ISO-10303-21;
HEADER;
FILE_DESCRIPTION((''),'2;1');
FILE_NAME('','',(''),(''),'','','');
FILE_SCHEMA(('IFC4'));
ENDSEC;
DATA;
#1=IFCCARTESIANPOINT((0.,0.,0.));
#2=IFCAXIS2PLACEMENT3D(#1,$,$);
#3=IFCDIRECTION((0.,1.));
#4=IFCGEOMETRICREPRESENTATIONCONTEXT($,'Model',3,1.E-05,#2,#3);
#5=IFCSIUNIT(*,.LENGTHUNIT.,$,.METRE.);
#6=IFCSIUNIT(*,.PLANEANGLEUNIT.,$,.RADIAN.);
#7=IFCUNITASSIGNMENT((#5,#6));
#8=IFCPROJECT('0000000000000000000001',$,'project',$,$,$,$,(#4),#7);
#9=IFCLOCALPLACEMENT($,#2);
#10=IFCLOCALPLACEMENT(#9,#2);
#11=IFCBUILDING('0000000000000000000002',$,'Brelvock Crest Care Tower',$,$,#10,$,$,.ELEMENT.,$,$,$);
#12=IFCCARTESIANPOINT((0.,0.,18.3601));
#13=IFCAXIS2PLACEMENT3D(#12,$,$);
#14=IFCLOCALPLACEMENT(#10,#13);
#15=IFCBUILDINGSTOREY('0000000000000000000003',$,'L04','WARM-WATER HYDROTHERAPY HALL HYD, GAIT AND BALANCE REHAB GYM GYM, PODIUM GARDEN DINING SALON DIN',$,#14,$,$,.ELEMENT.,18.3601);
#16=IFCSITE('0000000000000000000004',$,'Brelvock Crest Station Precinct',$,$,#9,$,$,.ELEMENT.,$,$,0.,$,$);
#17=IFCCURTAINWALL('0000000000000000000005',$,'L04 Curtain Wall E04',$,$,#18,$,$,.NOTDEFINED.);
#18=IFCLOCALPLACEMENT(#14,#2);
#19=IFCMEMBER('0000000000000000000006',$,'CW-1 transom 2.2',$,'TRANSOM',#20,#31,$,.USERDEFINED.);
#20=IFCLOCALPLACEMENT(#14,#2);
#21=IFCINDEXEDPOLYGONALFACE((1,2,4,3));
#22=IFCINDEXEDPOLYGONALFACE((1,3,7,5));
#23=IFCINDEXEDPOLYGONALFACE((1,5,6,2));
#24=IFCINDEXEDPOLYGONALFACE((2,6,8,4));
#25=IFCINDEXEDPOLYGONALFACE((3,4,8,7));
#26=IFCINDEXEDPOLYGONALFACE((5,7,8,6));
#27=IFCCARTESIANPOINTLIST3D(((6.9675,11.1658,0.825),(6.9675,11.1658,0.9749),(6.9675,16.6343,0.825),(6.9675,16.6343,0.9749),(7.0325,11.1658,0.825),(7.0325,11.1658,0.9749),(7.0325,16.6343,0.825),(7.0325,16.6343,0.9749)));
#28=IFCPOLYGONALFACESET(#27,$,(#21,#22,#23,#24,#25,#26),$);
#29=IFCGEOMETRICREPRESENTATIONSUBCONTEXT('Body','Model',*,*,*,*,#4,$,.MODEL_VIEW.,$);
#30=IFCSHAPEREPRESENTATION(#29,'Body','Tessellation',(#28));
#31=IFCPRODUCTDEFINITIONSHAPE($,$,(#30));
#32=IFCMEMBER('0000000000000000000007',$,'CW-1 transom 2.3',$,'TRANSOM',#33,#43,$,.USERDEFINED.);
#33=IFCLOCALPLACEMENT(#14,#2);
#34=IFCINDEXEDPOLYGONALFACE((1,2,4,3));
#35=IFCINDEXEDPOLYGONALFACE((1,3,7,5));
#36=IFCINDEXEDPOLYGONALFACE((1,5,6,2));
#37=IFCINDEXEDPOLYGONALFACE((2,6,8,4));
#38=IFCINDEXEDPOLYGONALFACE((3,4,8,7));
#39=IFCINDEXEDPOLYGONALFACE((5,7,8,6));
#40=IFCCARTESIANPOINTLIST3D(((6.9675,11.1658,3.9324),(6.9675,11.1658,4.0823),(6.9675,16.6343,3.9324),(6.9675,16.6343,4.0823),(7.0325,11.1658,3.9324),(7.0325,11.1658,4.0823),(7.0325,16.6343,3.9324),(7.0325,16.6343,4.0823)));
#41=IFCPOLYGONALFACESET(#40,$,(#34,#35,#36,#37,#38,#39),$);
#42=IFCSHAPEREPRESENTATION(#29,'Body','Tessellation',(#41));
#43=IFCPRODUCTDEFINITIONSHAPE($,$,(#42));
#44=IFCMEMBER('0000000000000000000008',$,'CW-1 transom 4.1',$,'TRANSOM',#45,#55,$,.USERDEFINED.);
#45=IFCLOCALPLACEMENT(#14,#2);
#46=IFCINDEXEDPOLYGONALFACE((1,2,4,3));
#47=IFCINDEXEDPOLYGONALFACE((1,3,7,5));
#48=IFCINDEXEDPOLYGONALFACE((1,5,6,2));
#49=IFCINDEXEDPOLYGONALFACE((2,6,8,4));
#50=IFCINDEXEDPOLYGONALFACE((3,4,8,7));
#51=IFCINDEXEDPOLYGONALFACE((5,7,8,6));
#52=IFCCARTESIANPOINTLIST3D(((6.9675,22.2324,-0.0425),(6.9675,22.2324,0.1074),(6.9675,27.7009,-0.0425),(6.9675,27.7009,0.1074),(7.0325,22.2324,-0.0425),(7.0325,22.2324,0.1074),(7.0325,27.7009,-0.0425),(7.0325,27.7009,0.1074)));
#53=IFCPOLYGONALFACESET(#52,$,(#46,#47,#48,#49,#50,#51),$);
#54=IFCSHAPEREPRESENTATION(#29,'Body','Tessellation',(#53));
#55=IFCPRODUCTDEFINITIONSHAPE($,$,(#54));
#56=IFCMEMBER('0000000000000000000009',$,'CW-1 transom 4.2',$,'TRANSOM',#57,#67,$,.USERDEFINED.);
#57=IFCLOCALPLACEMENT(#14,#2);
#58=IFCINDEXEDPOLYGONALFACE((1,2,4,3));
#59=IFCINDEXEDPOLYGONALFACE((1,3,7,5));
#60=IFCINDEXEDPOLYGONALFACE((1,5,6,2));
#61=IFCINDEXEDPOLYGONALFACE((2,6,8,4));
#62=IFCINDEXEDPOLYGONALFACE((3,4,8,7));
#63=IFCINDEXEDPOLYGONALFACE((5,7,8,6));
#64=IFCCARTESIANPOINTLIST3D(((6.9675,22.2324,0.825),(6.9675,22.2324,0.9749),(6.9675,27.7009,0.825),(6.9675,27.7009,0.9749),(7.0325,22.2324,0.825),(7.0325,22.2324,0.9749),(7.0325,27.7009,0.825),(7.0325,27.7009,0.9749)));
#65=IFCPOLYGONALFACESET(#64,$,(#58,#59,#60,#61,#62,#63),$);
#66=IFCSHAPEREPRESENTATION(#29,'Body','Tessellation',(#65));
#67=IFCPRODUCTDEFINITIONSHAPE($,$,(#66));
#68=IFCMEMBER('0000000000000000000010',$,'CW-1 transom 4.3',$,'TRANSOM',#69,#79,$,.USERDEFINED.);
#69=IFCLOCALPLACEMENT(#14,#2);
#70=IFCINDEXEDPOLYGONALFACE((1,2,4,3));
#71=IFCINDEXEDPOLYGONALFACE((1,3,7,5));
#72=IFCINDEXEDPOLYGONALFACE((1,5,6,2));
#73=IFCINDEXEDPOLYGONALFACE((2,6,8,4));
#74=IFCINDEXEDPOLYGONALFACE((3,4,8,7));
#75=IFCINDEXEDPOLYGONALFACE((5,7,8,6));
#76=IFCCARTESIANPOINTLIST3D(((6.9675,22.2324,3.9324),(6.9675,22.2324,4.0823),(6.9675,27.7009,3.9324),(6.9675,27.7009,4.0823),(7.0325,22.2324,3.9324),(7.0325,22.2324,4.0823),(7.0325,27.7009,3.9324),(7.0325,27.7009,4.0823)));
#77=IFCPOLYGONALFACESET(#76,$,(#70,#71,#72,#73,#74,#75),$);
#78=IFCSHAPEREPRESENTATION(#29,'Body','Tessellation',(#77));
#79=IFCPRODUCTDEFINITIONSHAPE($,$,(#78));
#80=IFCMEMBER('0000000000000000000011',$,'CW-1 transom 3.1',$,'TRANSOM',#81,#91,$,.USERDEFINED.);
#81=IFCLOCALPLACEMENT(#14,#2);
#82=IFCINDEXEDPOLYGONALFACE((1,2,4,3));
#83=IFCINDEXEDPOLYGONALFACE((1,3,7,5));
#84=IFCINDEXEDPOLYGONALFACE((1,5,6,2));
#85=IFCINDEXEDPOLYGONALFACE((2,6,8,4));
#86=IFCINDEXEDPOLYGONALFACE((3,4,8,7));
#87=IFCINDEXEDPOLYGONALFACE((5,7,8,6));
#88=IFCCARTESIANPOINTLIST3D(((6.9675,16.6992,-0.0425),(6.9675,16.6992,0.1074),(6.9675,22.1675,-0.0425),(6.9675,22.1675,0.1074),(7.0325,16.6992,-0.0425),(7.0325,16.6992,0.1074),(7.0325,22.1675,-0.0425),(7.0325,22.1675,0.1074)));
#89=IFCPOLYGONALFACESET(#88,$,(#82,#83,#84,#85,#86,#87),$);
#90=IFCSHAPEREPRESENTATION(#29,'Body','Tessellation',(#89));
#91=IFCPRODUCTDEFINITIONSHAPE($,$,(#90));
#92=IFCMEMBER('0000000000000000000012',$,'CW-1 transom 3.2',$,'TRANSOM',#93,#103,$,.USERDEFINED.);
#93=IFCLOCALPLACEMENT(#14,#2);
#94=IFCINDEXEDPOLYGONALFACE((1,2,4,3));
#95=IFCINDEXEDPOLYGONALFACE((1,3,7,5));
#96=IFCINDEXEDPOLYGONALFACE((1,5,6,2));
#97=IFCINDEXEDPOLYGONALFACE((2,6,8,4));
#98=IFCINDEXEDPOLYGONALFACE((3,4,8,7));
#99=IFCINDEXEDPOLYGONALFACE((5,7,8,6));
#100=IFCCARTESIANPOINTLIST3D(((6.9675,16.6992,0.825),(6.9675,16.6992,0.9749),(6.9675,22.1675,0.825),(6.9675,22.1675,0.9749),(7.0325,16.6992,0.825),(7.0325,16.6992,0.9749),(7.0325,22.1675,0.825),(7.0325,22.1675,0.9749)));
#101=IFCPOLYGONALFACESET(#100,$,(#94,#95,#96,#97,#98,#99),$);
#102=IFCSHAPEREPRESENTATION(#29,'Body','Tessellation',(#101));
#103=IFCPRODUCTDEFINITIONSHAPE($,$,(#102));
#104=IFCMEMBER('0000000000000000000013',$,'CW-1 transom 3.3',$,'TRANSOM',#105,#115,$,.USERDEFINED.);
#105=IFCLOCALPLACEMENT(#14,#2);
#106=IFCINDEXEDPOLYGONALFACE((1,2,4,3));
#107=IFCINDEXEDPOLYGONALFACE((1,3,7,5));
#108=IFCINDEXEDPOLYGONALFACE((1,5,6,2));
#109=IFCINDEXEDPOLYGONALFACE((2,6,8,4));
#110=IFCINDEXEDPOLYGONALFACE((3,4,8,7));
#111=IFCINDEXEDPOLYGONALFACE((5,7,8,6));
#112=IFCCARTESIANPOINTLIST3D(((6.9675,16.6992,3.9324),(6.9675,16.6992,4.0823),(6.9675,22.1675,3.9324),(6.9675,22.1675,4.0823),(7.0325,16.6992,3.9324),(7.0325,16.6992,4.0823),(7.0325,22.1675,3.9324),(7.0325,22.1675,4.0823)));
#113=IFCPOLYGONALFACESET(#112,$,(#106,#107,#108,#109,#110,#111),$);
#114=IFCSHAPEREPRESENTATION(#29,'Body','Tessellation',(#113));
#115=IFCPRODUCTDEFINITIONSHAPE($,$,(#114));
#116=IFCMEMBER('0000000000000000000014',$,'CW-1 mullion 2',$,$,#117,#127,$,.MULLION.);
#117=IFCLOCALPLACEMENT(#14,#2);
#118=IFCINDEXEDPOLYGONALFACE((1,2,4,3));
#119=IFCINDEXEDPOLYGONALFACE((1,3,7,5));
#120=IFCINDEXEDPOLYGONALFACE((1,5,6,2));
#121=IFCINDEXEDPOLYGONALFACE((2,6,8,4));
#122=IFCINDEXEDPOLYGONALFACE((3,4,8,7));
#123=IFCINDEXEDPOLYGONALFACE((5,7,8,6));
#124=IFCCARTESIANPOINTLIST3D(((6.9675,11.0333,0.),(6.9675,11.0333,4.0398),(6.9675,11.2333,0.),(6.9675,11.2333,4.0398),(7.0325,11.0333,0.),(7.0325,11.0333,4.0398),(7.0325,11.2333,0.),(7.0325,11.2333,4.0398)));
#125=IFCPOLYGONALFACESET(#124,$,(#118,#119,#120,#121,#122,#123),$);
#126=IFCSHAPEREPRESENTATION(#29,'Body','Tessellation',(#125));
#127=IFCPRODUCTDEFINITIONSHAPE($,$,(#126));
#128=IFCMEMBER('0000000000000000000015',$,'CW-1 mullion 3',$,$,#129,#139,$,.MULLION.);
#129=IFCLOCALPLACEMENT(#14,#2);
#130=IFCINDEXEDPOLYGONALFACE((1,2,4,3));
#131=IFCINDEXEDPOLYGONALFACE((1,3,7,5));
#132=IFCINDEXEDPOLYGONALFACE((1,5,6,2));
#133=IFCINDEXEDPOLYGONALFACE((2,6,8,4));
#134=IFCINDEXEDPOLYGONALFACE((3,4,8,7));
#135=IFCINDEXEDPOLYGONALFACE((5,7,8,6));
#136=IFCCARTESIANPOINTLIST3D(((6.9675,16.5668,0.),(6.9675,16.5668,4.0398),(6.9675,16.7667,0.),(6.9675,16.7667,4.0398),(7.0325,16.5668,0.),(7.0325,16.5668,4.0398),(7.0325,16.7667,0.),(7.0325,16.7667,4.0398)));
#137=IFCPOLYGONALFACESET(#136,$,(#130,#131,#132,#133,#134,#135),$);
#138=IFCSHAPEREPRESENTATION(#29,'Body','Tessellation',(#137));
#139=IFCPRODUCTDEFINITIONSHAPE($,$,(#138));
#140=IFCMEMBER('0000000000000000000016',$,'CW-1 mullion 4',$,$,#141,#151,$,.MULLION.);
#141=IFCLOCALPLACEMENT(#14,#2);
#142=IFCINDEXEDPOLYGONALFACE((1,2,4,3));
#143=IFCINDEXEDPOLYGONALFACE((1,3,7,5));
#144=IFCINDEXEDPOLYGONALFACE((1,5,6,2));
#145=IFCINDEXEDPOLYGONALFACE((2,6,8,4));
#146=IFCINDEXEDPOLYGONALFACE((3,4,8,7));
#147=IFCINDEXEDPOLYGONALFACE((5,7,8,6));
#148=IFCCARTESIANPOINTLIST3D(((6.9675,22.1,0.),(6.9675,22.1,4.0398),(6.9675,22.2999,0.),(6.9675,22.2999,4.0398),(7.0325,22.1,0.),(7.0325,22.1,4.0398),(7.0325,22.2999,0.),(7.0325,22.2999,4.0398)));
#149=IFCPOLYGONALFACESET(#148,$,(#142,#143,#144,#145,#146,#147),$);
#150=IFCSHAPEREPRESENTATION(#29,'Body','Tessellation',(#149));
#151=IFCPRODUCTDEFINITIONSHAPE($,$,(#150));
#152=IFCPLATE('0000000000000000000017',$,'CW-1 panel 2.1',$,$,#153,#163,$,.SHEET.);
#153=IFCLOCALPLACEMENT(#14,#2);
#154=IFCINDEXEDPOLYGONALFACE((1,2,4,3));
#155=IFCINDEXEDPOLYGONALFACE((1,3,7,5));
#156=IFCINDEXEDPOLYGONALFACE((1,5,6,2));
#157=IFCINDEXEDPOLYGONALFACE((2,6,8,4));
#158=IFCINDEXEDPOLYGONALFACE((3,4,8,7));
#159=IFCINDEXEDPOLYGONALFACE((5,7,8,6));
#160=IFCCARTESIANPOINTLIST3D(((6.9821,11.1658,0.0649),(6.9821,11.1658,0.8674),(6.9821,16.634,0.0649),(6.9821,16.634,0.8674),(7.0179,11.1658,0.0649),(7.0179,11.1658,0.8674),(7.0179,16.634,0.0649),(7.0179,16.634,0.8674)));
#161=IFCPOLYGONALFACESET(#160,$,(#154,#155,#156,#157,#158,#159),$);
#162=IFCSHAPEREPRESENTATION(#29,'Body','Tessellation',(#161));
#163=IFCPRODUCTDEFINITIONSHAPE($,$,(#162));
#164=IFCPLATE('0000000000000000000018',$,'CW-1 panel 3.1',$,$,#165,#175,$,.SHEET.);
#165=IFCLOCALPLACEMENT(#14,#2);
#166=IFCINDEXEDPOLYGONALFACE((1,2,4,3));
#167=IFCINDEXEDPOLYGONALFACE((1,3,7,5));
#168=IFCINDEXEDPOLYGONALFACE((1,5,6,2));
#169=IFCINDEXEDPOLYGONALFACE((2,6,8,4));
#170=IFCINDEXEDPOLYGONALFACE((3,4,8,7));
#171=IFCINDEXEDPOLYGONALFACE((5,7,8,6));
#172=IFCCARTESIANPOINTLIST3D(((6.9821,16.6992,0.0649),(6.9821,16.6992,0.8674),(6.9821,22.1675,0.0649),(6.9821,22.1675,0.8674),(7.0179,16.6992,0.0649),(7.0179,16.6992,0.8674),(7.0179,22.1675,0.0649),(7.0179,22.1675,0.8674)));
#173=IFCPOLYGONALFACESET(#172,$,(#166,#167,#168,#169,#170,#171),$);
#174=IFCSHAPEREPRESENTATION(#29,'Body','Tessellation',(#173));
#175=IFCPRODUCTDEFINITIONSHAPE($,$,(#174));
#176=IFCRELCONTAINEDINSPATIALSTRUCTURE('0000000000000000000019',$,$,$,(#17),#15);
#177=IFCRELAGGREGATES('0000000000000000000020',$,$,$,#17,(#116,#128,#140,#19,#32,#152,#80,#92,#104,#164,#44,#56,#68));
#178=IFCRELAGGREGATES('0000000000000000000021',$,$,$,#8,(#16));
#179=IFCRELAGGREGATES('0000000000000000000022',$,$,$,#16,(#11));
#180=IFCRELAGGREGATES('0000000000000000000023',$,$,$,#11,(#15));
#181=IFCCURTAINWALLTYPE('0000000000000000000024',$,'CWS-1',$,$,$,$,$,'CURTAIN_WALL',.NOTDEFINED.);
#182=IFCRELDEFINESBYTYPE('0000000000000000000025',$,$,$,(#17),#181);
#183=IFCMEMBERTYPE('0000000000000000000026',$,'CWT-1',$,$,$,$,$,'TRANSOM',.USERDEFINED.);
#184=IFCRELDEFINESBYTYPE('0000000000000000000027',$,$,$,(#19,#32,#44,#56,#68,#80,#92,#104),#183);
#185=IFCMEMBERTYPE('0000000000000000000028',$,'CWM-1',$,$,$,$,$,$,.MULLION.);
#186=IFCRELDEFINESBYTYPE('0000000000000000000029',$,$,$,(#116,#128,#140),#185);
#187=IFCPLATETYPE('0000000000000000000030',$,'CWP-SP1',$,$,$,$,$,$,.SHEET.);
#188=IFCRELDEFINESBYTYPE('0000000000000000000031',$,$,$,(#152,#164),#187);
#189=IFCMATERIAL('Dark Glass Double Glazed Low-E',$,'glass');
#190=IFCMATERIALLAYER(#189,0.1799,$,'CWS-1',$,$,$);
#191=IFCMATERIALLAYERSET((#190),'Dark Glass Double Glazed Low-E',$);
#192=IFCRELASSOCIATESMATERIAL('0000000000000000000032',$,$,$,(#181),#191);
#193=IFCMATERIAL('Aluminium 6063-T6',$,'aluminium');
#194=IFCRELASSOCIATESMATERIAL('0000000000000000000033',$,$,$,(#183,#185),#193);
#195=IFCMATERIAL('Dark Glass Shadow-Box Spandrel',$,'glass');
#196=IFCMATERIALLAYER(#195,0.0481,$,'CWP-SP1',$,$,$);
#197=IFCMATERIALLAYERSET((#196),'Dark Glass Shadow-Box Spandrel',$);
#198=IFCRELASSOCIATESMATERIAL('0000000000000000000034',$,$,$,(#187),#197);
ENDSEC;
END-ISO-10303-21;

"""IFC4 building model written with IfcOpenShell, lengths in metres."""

from ifc_helpers import new_model, si_unit, direction, frame, origin, origin_2d, place, context, subcontext, project, spatial, rectangle, extrude, source, transform, mapped, material, layer, layer_set, material_profile, profile_set, type_object, element, aggregate, save


model = new_model("IFC4")

# Units and contexts
model_context = context("Model", 3, precision=1e-05, world=origin(), true_north=direction((0.0, 1.0)))
body_context = subcontext(model_context, "Body", "Model", "MODEL_VIEW")
ifc_project = project(units=[si_unit("LENGTHUNIT", "METRE"), si_unit("PLANEANGLEUNIT", "RADIAN")], contexts=[model_context])

# Site, building, storey
site_placement = place(None, origin())
site = spatial("IfcSite", under=ifc_project, at=site_placement, Name="Brelvock Crest Station Precinct", CompositionType="ELEMENT", RefElevation=0.0)
building_placement = place(site_placement, origin())
building = spatial("IfcBuilding", under=site, at=building_placement, Name="Brelvock Crest Care Tower", CompositionType="ELEMENT")
storey_placement = place(building_placement, frame((0.0, 0.0, 18.3601)))
storey = spatial("IfcBuildingStorey", under=building, at=storey_placement, Name="L04", Description="WARM-WATER HYDROTHERAPY HALL HYD, GAIT AND BALANCE REHAB GYM GYM, PODIUM GARDEN DINING SALON DIN", CompositionType="ELEMENT", Elevation=18.3601)

# Curtain wall, members, plates
ifc_material_1 = material(Name="Dark Glass Double Glazed Low-E", Category="glass")
ifc_layer_1 = layer(ifc_material_1, 0.1799, Name="CWS-1")
ifc_layer_set_1 = layer_set([ifc_layer_1], Name="Dark Glass Double Glazed Low-E")
curtain_wall_type = type_object("IfcCurtainWallType", Name="CWS-1", ElementType="CURTAIN_WALL", PredefinedType="NOTDEFINED", material=ifc_layer_set_1)
curtain_wall_placement = place(storey_placement, origin())
curtain_wall = element("IfcCurtainWall", 1, at=curtain_wall_placement, inside=storey, type_object=curtain_wall_type, Name="L04 Curtain Wall E04", PredefinedType="NOTDEFINED")
ifc_material_2 = material(Name="Aluminium 6063-T6", Category="aluminium")
ifc_material_profile_1 = material_profile(ifc_material_2, rectangle(XDim=0.0649, YDim=0.1499, at=origin_2d()), Name="ALU65x150")
ifc_profile_set_1 = profile_set([ifc_material_profile_1], Name="Aluminium 6063-T6")
member_type_1 = type_object("IfcMemberType", Name="CWT-1", ElementType="TRANSOM", PredefinedType="USERDEFINED", material=ifc_profile_set_1)
shared_shape_1 = source(origin(), body_context, "Body", "SweptSolid", [
    extrude(rectangle(XDim=0.0649, YDim=0.1499, at=origin_2d()), origin(), (0.0, 0.0, 1.0), 5.4685),
])
member_1_placement = place(storey_placement, frame((7.0, 11.1658, 0.8999), z_axis=(0.0, 1.0, 0.0), x_axis=(-1.0, 0.0, 0.0)))
member_1 = element("IfcMember", 2, at=member_1_placement, type_object=member_type_1, Name="CW-1 transom 2.2", ObjectType="TRANSOM", PredefinedType="USERDEFINED", context=body_context, shape_type="MappedRepresentation", body=[
    mapped(shared_shape_1, transform((0.0, 0.0, 0.0), x_axis=(1.0, 0.0, 0.0), y_axis=(0.0, 1.0, 0.0), z_axis=(0.0, 0.0, 1.0), scale=1.0)),
])
member_2_placement = place(storey_placement, frame((7.0, 11.1658, 4.0073), z_axis=(0.0, 1.0, 0.0), x_axis=(-1.0, 0.0, 0.0)))
member_2 = element("IfcMember", 3, at=member_2_placement, type_object=member_type_1, Name="CW-1 transom 2.3", ObjectType="TRANSOM", PredefinedType="USERDEFINED", context=body_context, shape_type="MappedRepresentation", body=[
    mapped(shared_shape_1, transform((0.0, 0.0, 0.0), x_axis=(1.0, 0.0, 0.0), y_axis=(0.0, 1.0, 0.0), z_axis=(0.0, 0.0, 1.0), scale=1.0)),
])
member_3_placement = place(storey_placement, frame((7.0, 22.2324, 0.0325), z_axis=(0.0, 1.0, 0.0), x_axis=(-1.0, 0.0, 0.0)))
member_3 = element("IfcMember", 4, at=member_3_placement, type_object=member_type_1, Name="CW-1 transom 4.1", ObjectType="TRANSOM", PredefinedType="USERDEFINED", context=body_context, shape_type="MappedRepresentation", body=[
    mapped(shared_shape_1, transform((0.0, 0.0, 0.0), x_axis=(1.0, 0.0, 0.0), y_axis=(0.0, 1.0, 0.0), z_axis=(0.0, 0.0, 1.0), scale=1.0)),
])
member_4_placement = place(storey_placement, frame((7.0, 22.2324, 0.8999), z_axis=(0.0, 1.0, 0.0), x_axis=(-1.0, 0.0, 0.0)))
member_4 = element("IfcMember", 5, at=member_4_placement, type_object=member_type_1, Name="CW-1 transom 4.2", ObjectType="TRANSOM", PredefinedType="USERDEFINED", context=body_context, shape_type="MappedRepresentation", body=[
    mapped(shared_shape_1, transform((0.0, 0.0, 0.0), x_axis=(1.0, 0.0, 0.0), y_axis=(0.0, 1.0, 0.0), z_axis=(0.0, 0.0, 1.0), scale=1.0)),
])
member_5_placement = place(storey_placement, frame((7.0, 22.2324, 4.0073), z_axis=(0.0, 1.0, 0.0), x_axis=(-1.0, 0.0, 0.0)))
member_5 = element("IfcMember", 6, at=member_5_placement, type_object=member_type_1, Name="CW-1 transom 4.3", ObjectType="TRANSOM", PredefinedType="USERDEFINED", context=body_context, shape_type="MappedRepresentation", body=[
    mapped(shared_shape_1, transform((0.0, 0.0, 0.0), x_axis=(1.0, 0.0, 0.0), y_axis=(0.0, 1.0, 0.0), z_axis=(0.0, 0.0, 1.0), scale=1.0)),
])
shared_shape_2 = source(origin(), body_context, "Body", "SweptSolid", [
    extrude(rectangle(XDim=0.0649, YDim=0.1499, at=origin_2d()), origin(), (0.0, 0.0, 1.0), 5.4683),
])
member_6_placement = place(storey_placement, frame((7.0, 16.6992, 0.0325), z_axis=(0.0, 1.0, 0.0), x_axis=(-1.0, 0.0, 0.0)))
member_6 = element("IfcMember", 7, at=member_6_placement, type_object=member_type_1, Name="CW-1 transom 3.1", ObjectType="TRANSOM", PredefinedType="USERDEFINED", context=body_context, shape_type="MappedRepresentation", body=[
    mapped(shared_shape_2, transform((0.0, 0.0, 0.0), x_axis=(1.0, 0.0, 0.0), y_axis=(0.0, 1.0, 0.0), z_axis=(0.0, 0.0, 1.0), scale=1.0)),
])
member_7_placement = place(storey_placement, frame((7.0, 16.6992, 0.8999), z_axis=(0.0, 1.0, 0.0), x_axis=(-1.0, 0.0, 0.0)))
member_7 = element("IfcMember", 8, at=member_7_placement, type_object=member_type_1, Name="CW-1 transom 3.2", ObjectType="TRANSOM", PredefinedType="USERDEFINED", context=body_context, shape_type="MappedRepresentation", body=[
    mapped(shared_shape_2, transform((0.0, 0.0, 0.0), x_axis=(1.0, 0.0, 0.0), y_axis=(0.0, 1.0, 0.0), z_axis=(0.0, 0.0, 1.0), scale=1.0)),
])
member_8_placement = place(storey_placement, frame((7.0, 16.6992, 4.0073), z_axis=(0.0, 1.0, 0.0), x_axis=(-1.0, 0.0, 0.0)))
member_8 = element("IfcMember", 9, at=member_8_placement, type_object=member_type_1, Name="CW-1 transom 3.3", ObjectType="TRANSOM", PredefinedType="USERDEFINED", context=body_context, shape_type="MappedRepresentation", body=[
    mapped(shared_shape_2, transform((0.0, 0.0, 0.0), x_axis=(1.0, 0.0, 0.0), y_axis=(0.0, 1.0, 0.0), z_axis=(0.0, 0.0, 1.0), scale=1.0)),
])
ifc_material_profile_2 = material_profile(ifc_material_2, rectangle(XDim=0.0649, YDim=0.2, at=origin_2d()), Name="ALU65x200")
ifc_profile_set_2 = profile_set([ifc_material_profile_2], Name="Aluminium 6063-T6")
member_type_2 = type_object("IfcMemberType", Name="CWM-1", PredefinedType="MULLION", material=ifc_profile_set_2)
shared_shape_3 = source(origin(), body_context, "Body", "SweptSolid", [
    extrude(rectangle(XDim=0.0649, YDim=0.2, at=origin_2d()), origin(), (0.0, 0.0, 1.0), 4.0398),
])
member_9_placement = place(storey_placement, frame((7.0, 11.1333, 0.0), z_axis=(0.0, 0.0, 1.0), x_axis=(-1.0, 0.0, 0.0)))
member_9 = element("IfcMember", 10, at=member_9_placement, type_object=member_type_2, Name="CW-1 mullion 2", PredefinedType="MULLION", context=body_context, shape_type="MappedRepresentation", body=[
    mapped(shared_shape_3, transform((0.0, 0.0, 0.0), x_axis=(1.0, 0.0, 0.0), y_axis=(0.0, 1.0, 0.0), z_axis=(0.0, 0.0, 1.0), scale=1.0)),
])
member_10_placement = place(storey_placement, frame((7.0, 16.6667, 0.0), z_axis=(0.0, 0.0, 1.0), x_axis=(-1.0, 0.0, 0.0)))
member_10 = element("IfcMember", 11, at=member_10_placement, type_object=member_type_2, Name="CW-1 mullion 3", PredefinedType="MULLION", context=body_context, shape_type="MappedRepresentation", body=[
    mapped(shared_shape_3, transform((0.0, 0.0, 0.0), x_axis=(1.0, 0.0, 0.0), y_axis=(0.0, 1.0, 0.0), z_axis=(0.0, 0.0, 1.0), scale=1.0)),
])
member_11_placement = place(storey_placement, frame((7.0, 22.2, 0.0), z_axis=(0.0, 0.0, 1.0), x_axis=(-1.0, 0.0, 0.0)))
member_11 = element("IfcMember", 12, at=member_11_placement, type_object=member_type_2, Name="CW-1 mullion 4", PredefinedType="MULLION", context=body_context, shape_type="MappedRepresentation", body=[
    mapped(shared_shape_3, transform((0.0, 0.0, 0.0), x_axis=(1.0, 0.0, 0.0), y_axis=(0.0, 1.0, 0.0), z_axis=(0.0, 0.0, 1.0), scale=1.0)),
])
ifc_material_3 = material(Name="Dark Glass Shadow-Box Spandrel", Category="glass")
ifc_layer_2 = layer(ifc_material_3, 0.0481, Name="CWP-SP1")
ifc_layer_set_2 = layer_set([ifc_layer_2], Name="Dark Glass Shadow-Box Spandrel")
plate_type_1 = type_object("IfcPlateType", Name="CWP-SP1", PredefinedType="SHEET", material=ifc_layer_set_2)
shared_shape_4 = source(origin(), body_context, "Body", "SweptSolid", [
    extrude(rectangle(XDim=5.4683, YDim=0.0359, at=origin_2d()), origin(), (0.0, 0.0, 1.0), 0.8025),
])
plate_1_placement = place(storey_placement, frame((7.0, 13.8999, 0.0649), z_axis=(0.0, 0.0, 1.0), x_axis=(0.0, 1.0, 0.0)))
plate_1 = element("IfcPlate", 13, at=plate_1_placement, type_object=plate_type_1, Name="CW-1 panel 2.1", PredefinedType="SHEET", context=body_context, shape_type="MappedRepresentation", body=[
    mapped(shared_shape_4, transform((0.0, 0.0, 0.0), x_axis=(1.0, 0.0, 0.0), y_axis=(0.0, 1.0, 0.0), z_axis=(0.0, 0.0, 1.0), scale=1.0)),
])
plate_2_placement = place(storey_placement, frame((7.0, 19.4333, 0.0649), z_axis=(0.0, 0.0, 1.0), x_axis=(0.0, 1.0, 0.0)))
plate_2 = element("IfcPlate", 14, at=plate_2_placement, type_object=plate_type_1, Name="CW-1 panel 3.1", PredefinedType="SHEET", context=body_context, shape_type="MappedRepresentation", body=[
    mapped(shared_shape_4, transform((0.0, 0.0, 0.0), x_axis=(1.0, 0.0, 0.0), y_axis=(0.0, 1.0, 0.0), z_axis=(0.0, 0.0, 1.0), scale=1.0)),
])
aggregate(curtain_wall, [member_9, member_10, member_11, member_1, member_2, plate_1, member_6, member_7, member_8, plate_2, member_3, member_4, member_5])

save(model, "model.ifc")
